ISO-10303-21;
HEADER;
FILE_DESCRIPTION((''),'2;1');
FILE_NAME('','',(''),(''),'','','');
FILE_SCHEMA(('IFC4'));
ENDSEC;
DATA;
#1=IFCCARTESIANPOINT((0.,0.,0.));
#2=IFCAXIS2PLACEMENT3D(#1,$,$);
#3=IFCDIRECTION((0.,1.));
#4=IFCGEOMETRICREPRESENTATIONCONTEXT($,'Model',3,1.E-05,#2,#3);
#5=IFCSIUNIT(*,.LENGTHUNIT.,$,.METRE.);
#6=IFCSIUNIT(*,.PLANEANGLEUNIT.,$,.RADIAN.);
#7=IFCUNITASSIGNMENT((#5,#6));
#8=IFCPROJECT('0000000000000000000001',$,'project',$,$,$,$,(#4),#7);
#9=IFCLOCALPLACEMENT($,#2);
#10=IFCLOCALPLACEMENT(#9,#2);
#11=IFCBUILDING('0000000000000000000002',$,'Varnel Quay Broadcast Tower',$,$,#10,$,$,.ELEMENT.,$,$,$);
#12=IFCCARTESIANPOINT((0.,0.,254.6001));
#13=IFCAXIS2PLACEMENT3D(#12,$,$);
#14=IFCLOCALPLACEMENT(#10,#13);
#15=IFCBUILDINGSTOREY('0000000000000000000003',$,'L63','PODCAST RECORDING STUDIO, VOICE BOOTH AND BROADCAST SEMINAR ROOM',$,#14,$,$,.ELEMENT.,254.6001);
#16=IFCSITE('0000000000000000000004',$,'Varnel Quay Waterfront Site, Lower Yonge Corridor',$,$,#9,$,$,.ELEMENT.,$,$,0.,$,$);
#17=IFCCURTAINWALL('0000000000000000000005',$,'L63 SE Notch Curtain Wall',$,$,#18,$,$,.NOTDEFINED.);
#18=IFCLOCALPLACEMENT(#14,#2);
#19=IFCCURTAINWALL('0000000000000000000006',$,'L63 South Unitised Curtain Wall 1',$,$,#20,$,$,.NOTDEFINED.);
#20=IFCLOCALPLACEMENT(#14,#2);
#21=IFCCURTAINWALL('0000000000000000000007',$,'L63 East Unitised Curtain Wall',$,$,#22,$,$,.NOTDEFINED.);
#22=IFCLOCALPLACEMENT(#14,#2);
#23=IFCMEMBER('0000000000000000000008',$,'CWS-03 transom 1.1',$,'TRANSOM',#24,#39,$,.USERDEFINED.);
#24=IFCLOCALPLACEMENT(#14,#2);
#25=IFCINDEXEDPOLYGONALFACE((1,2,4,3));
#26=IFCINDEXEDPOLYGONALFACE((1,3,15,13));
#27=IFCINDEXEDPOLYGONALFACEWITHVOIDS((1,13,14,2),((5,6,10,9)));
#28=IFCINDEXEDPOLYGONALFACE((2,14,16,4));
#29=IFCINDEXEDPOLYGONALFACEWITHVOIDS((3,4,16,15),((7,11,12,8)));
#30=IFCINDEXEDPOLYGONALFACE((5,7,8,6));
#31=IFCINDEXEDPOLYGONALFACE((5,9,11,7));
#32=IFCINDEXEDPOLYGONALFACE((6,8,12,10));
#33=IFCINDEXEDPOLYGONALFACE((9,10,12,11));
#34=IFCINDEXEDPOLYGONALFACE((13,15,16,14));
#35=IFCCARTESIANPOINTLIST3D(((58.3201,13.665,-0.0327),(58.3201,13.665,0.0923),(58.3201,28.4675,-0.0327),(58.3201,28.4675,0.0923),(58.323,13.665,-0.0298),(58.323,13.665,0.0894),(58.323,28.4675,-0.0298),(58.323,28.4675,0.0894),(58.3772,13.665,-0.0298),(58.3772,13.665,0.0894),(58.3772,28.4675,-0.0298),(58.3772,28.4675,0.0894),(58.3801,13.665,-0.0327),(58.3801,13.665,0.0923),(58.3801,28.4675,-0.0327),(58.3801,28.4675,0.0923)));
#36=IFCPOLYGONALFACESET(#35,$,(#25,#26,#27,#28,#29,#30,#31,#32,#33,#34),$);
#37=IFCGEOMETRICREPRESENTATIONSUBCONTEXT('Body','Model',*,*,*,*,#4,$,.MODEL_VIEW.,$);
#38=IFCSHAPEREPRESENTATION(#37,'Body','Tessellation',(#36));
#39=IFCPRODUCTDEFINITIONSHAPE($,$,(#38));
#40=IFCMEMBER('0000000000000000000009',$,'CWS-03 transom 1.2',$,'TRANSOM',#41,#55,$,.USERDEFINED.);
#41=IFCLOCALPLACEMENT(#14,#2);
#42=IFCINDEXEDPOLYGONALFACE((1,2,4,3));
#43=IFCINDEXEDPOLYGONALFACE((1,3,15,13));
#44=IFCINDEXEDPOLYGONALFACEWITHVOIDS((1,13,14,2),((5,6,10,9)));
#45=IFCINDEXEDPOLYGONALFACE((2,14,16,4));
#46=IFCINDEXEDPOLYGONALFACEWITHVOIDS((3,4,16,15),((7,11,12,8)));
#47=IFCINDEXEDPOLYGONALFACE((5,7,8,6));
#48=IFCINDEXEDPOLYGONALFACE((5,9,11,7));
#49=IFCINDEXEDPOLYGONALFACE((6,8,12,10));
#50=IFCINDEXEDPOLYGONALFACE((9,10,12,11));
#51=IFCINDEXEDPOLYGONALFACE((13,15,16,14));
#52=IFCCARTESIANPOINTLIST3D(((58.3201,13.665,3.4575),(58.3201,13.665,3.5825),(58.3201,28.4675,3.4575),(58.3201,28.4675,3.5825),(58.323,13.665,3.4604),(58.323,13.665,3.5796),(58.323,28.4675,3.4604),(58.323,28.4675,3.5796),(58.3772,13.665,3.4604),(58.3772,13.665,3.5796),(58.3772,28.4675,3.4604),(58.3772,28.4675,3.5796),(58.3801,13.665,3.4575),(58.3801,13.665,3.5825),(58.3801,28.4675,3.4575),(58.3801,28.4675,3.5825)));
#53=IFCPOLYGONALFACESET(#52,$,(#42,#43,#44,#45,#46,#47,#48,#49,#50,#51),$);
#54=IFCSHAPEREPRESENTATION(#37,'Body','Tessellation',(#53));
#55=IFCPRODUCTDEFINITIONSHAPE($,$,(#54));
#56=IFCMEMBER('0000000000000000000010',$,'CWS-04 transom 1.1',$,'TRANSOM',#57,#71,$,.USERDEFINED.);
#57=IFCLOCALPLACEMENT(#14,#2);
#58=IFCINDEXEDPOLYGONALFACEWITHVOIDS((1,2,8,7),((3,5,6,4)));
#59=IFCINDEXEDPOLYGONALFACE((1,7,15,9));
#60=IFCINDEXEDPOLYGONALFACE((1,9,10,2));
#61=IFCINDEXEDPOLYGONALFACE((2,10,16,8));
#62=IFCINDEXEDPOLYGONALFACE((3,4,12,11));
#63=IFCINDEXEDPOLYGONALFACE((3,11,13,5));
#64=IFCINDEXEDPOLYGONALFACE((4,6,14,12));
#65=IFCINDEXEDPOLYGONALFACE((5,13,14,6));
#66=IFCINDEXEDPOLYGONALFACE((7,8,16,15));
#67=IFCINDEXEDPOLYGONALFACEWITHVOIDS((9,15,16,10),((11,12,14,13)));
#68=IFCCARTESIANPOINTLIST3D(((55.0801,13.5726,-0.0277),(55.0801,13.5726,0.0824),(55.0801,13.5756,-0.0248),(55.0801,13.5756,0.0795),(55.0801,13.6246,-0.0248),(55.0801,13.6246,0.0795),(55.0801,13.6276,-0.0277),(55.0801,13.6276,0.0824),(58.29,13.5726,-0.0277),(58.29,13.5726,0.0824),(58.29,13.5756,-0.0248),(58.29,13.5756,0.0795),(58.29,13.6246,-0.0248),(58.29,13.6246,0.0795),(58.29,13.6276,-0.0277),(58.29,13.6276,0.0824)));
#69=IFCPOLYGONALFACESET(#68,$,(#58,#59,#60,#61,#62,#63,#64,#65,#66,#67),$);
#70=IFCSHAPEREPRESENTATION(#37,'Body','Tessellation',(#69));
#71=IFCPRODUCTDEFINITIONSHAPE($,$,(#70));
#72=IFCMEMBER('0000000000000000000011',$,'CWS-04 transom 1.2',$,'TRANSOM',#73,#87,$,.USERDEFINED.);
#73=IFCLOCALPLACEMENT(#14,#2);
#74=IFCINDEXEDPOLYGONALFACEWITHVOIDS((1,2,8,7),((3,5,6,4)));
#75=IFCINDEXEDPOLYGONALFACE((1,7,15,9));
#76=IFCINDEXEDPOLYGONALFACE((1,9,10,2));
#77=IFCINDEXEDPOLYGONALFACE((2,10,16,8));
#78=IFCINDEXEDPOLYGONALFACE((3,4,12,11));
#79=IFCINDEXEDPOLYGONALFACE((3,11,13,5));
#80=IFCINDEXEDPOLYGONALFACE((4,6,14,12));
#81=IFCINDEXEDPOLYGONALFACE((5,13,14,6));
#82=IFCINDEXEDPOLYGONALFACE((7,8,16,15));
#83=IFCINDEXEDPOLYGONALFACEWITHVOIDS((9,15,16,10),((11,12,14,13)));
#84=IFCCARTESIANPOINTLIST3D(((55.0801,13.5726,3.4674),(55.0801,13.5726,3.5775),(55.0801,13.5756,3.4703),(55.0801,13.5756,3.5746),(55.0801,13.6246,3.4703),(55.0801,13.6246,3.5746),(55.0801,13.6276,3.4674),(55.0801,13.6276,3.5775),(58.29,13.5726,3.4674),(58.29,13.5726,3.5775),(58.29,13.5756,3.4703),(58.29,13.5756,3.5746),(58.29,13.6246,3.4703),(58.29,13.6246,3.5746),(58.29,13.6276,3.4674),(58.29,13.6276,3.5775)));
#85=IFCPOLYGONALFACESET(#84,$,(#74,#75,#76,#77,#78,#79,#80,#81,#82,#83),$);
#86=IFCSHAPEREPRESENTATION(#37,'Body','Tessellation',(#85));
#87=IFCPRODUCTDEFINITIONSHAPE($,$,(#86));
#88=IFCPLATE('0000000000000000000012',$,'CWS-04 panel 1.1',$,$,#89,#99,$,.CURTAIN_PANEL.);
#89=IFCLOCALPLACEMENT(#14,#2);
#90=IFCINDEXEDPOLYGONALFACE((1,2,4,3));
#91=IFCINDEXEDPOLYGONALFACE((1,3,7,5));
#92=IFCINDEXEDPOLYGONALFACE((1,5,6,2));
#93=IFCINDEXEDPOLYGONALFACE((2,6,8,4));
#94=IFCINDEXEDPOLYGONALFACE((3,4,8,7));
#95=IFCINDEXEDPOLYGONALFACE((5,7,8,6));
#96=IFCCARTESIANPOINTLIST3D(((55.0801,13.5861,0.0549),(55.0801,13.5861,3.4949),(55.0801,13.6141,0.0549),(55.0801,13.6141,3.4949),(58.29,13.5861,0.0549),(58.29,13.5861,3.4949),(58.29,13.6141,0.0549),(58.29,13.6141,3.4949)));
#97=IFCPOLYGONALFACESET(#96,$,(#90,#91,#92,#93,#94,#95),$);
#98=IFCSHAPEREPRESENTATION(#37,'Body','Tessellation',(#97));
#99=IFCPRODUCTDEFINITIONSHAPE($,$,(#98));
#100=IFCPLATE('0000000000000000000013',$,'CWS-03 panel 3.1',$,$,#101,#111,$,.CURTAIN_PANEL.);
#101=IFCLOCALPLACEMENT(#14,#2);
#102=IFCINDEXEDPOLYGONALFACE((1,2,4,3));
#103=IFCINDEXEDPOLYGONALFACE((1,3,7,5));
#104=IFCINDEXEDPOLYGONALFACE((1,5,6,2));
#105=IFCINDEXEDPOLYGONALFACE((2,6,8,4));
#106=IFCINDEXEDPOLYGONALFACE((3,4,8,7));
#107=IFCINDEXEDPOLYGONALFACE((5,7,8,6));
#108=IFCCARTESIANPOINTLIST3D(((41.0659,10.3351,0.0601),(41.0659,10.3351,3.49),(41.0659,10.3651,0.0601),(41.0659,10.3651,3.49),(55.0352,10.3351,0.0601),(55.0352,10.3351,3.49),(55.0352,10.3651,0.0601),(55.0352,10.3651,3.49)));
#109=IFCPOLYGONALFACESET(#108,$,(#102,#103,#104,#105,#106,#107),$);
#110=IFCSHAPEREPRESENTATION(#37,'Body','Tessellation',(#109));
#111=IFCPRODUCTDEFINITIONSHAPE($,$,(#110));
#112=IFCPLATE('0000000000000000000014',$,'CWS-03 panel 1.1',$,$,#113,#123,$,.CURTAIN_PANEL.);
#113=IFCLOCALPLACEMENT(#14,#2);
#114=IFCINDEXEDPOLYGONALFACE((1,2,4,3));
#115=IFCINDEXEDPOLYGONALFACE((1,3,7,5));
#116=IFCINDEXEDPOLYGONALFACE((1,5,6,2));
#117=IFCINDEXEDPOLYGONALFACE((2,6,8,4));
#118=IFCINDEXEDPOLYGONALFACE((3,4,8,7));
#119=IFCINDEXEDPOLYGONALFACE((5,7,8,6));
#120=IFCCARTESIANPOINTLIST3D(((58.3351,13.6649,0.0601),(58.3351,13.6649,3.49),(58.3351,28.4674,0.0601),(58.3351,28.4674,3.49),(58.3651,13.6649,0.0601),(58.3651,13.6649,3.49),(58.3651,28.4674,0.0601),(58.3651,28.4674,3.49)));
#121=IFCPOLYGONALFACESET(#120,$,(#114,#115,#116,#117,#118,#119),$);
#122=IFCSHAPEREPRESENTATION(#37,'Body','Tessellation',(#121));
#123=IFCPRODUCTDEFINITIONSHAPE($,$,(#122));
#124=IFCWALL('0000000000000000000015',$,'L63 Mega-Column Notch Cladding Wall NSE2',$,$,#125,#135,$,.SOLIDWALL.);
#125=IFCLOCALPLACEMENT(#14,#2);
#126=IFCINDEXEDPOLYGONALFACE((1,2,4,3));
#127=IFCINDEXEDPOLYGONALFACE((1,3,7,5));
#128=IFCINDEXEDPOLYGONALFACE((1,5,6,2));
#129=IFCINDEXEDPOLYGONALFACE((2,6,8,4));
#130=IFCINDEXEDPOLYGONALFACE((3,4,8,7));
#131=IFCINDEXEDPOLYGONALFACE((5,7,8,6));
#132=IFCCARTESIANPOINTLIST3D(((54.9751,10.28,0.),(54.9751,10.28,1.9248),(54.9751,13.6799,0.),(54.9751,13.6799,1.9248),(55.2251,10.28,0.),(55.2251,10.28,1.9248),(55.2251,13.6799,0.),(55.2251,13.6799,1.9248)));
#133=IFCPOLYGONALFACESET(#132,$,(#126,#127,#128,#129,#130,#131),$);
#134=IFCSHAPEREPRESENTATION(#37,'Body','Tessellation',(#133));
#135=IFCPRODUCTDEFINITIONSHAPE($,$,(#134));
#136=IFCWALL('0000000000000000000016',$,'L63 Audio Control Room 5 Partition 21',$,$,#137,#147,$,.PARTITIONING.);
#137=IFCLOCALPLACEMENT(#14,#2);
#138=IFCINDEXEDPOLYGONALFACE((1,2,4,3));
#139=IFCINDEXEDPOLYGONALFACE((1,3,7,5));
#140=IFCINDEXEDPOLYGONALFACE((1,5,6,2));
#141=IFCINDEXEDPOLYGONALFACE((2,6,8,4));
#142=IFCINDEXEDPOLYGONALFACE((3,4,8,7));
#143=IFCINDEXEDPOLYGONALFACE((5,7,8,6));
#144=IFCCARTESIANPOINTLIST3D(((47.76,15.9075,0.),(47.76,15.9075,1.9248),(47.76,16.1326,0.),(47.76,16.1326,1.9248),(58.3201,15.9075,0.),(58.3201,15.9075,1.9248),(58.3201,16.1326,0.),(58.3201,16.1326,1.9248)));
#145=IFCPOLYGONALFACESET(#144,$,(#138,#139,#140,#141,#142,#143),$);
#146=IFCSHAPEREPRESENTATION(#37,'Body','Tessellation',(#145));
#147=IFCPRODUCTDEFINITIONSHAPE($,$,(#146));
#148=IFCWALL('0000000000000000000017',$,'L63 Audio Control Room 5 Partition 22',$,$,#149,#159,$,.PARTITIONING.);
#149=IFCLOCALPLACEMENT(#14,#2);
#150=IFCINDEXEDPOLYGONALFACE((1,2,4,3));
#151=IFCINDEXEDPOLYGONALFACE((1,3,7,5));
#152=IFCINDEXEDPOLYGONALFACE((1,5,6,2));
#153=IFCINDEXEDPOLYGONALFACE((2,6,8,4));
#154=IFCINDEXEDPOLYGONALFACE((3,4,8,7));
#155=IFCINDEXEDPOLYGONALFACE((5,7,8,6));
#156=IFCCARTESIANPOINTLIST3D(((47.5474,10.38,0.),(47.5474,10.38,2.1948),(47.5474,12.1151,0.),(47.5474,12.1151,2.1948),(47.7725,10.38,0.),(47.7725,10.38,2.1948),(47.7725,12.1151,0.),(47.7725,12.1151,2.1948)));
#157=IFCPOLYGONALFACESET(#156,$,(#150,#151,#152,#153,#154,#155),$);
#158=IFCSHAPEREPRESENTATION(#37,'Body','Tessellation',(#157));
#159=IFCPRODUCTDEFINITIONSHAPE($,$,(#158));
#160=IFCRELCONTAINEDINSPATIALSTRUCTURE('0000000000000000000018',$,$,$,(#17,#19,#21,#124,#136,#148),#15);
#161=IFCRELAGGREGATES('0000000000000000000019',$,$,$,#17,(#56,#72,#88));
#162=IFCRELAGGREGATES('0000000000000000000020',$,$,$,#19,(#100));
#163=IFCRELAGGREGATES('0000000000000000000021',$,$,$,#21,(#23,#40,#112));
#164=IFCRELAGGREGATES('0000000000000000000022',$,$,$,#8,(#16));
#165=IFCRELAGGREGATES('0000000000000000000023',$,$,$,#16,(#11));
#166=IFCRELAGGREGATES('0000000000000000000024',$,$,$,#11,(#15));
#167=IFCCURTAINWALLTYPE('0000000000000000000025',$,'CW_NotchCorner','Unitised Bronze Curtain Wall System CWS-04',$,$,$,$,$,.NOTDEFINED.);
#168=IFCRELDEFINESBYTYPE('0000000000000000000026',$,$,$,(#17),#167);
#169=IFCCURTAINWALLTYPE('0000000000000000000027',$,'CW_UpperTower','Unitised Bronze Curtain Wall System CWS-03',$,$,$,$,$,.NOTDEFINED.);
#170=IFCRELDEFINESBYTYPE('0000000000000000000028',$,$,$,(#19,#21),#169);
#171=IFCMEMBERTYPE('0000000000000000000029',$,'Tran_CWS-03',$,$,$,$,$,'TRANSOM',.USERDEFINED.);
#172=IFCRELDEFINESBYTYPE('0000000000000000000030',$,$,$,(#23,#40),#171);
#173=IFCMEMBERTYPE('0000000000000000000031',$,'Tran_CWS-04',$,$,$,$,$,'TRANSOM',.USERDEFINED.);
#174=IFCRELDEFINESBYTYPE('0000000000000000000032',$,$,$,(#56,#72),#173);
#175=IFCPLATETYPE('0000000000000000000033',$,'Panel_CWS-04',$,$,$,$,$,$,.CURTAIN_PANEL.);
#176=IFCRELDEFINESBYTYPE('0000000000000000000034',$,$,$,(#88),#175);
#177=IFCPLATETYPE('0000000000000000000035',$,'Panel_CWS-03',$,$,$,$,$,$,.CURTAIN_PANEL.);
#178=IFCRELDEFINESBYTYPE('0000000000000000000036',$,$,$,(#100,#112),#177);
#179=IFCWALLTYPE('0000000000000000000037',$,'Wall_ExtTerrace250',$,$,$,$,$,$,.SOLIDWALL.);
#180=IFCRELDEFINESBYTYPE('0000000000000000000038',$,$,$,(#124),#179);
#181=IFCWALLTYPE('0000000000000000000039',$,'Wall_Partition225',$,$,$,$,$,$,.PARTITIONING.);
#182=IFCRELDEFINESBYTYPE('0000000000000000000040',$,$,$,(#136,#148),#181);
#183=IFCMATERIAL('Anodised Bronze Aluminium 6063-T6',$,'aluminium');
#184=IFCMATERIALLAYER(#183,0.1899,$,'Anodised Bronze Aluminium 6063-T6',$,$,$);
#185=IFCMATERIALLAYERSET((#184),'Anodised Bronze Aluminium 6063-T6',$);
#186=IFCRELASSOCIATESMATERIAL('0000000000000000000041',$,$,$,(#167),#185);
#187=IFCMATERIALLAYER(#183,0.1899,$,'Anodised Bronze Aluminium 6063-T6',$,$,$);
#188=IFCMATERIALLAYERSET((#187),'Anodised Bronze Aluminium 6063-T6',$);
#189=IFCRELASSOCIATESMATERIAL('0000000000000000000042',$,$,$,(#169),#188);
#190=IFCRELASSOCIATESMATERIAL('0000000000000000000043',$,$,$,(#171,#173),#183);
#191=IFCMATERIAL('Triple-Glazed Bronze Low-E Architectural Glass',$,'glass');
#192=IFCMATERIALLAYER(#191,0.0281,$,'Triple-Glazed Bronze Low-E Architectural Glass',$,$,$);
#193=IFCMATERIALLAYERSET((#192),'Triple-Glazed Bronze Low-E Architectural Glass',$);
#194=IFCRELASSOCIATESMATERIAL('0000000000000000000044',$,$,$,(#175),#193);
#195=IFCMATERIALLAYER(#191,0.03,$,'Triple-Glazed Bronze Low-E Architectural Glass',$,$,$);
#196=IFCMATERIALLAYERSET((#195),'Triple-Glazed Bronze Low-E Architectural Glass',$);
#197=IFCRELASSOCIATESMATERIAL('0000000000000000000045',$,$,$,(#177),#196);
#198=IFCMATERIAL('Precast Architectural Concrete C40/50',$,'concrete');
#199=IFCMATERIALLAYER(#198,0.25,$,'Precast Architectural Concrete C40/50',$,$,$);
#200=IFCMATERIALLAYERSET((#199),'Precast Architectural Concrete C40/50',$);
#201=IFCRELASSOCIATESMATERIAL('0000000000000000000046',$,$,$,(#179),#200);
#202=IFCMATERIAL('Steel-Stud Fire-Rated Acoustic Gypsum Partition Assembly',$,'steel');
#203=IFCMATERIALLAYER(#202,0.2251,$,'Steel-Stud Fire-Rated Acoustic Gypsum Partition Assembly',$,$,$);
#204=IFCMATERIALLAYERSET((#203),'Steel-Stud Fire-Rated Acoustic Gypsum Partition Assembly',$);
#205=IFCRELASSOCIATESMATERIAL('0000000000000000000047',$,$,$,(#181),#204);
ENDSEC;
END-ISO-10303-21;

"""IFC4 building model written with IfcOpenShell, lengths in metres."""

from ifc_helpers import new_model, si_unit, direction, frame, frame_2d, origin, origin_2d, place, context, subcontext, project, spatial, rectangle, hollow_rectangle, extrude, source, transform, mapped, material, layer, layer_set, material_profile, profile_set, type_object, type_shapes, element, aggregate, save


model = new_model("IFC4")

# Units and contexts
model_context = context("Model", 3, precision=1e-05, world=origin(), true_north=direction((0.0, 1.0)))
body_context = subcontext(model_context, "Body", "Model", "MODEL_VIEW")
ifc_project = project(units=[si_unit("LENGTHUNIT", "METRE"), si_unit("PLANEANGLEUNIT", "RADIAN")], contexts=[model_context])

# Site, building, storey
site_placement = place(None, origin())
site = spatial("IfcSite", under=ifc_project, at=site_placement, Name="Varnel Quay Waterfront Site, Lower Yonge Corridor", CompositionType="ELEMENT", RefElevation=0.0)
building_placement = place(site_placement, origin())
building = spatial("IfcBuilding", under=site, at=building_placement, Name="Varnel Quay Broadcast Tower", CompositionType="ELEMENT")
storey_placement = place(building_placement, frame((0.0, 0.0, 254.6001)))
storey = spatial("IfcBuildingStorey", under=building, at=storey_placement, Name="L63", Description="PODCAST RECORDING STUDIO, VOICE BOOTH AND BROADCAST SEMINAR ROOM", CompositionType="ELEMENT", Elevation=254.6001)

# Curtain wall
ifc_material_1 = material(Name="Anodised Bronze Aluminium 6063-T6", Category="aluminium")
ifc_layer_1 = layer(ifc_material_1, 0.1899, Name="Anodised Bronze Aluminium 6063-T6")
ifc_layer_set_1 = layer_set([ifc_layer_1], Name="Anodised Bronze Aluminium 6063-T6")
curtain_wall_type_1 = type_object("IfcCurtainWallType", Name="CW_NotchCorner", Description="Unitised Bronze Curtain Wall System CWS-04", PredefinedType="NOTDEFINED", material=ifc_layer_set_1)
curtain_wall_1_placement = place(storey_placement, origin())
curtain_wall_1 = element("IfcCurtainWall", 1, at=curtain_wall_1_placement, inside=storey, type_object=curtain_wall_type_1, Name="L63 SE Notch Curtain Wall", PredefinedType="NOTDEFINED")

# Curtain wall
ifc_layer_2 = layer(ifc_material_1, 0.1899, Name="Anodised Bronze Aluminium 6063-T6")
ifc_layer_set_2 = layer_set([ifc_layer_2], Name="Anodised Bronze Aluminium 6063-T6")
curtain_wall_type_2 = type_object("IfcCurtainWallType", Name="CW_UpperTower", Description="Unitised Bronze Curtain Wall System CWS-03", PredefinedType="NOTDEFINED", material=ifc_layer_set_2)
curtain_wall_2_placement = place(storey_placement, origin())
curtain_wall_2 = element("IfcCurtainWall", 2, at=curtain_wall_2_placement, inside=storey, type_object=curtain_wall_type_2, Name="L63 South Unitised Curtain Wall 1", PredefinedType="NOTDEFINED")

# Curtain wall, members
curtain_wall_3_placement = place(storey_placement, origin())
curtain_wall_3 = element("IfcCurtainWall", 3, at=curtain_wall_3_placement, inside=storey, type_object=curtain_wall_type_2, Name="L63 East Unitised Curtain Wall", PredefinedType="NOTDEFINED")
ifc_material_profile_1 = material_profile(ifc_material_1, hollow_rectangle(XDim=0.0601, YDim=0.125, WallThickness=0.0029, at=origin_2d()), Name="ALU60X125X3")
ifc_profile_set_1 = profile_set([ifc_material_profile_1], Name="Anodised Bronze Aluminium 6063-T6")
member_type_1 = type_object("IfcMemberType", Name="Tran_CWS-03", ElementType="TRANSOM", PredefinedType="USERDEFINED", material=ifc_profile_set_1)
shared_shape_1 = source(origin(), body_context, "Body", "SweptSolid", [
    extrude(hollow_rectangle(XDim=0.0601, YDim=0.125, WallThickness=0.0029, at=origin_2d()), origin(), (0.0, 0.0, 1.0), 14.8025),
])
type_shapes(member_type_1, [shared_shape_1])
member_1_placement = place(storey_placement, frame((58.3501, 13.665, 0.0298), z_axis=(0.0, 1.0, 0.0), x_axis=(-1.0, 0.0, 0.0)))
member_1 = element("IfcMember", 4, at=member_1_placement, type_object=member_type_1, Name="CWS-03 transom 1.1", ObjectType="TRANSOM", PredefinedType="USERDEFINED", context=body_context, shape_type="MappedRepresentation", body=[
    mapped(shared_shape_1, transform((0.0, 0.0, 0.0), x_axis=(1.0, 0.0, 0.0), y_axis=(0.0, 1.0, 0.0), z_axis=(0.0, 0.0, 1.0), scale=1.0)),
])
member_2_placement = place(storey_placement, frame((58.3501, 13.665, 3.52), z_axis=(0.0, 1.0, 0.0), x_axis=(-1.0, 0.0, 0.0)))
member_2 = element("IfcMember", 5, at=member_2_placement, type_object=member_type_1, Name="CWS-03 transom 1.2", ObjectType="TRANSOM", PredefinedType="USERDEFINED", context=body_context, shape_type="MappedRepresentation", body=[
    mapped(shared_shape_1, transform((0.0, 0.0, 0.0), x_axis=(1.0, 0.0, 0.0), y_axis=(0.0, 1.0, 0.0), z_axis=(0.0, 0.0, 1.0), scale=1.0)),
])

# Members
ifc_material_profile_2 = material_profile(ifc_material_1, hollow_rectangle(XDim=0.0549, YDim=0.1101, WallThickness=0.0029, at=origin_2d()), Name="ALU55X110X3")
ifc_profile_set_2 = profile_set([ifc_material_profile_2], Name="Anodised Bronze Aluminium 6063-T6")
member_type_2 = type_object("IfcMemberType", Name="Tran_CWS-04", ElementType="TRANSOM", PredefinedType="USERDEFINED", material=ifc_profile_set_2)
shared_shape_2 = source(origin(), body_context, "Body", "SweptSolid", [
    extrude(hollow_rectangle(XDim=0.0549, YDim=0.1101, WallThickness=0.0029, at=origin_2d()), origin(), (0.0, 0.0, 1.0), 3.21),
])
type_shapes(member_type_2, [shared_shape_2])
member_3_placement = place(storey_placement, frame((55.0801, 13.6001, 0.0273), z_axis=(1.0, 0.0, 0.0), x_axis=(0.0, 1.0, 0.0)))
member_3 = element("IfcMember", 6, at=member_3_placement, type_object=member_type_2, Name="CWS-04 transom 1.1", ObjectType="TRANSOM", PredefinedType="USERDEFINED", context=body_context, shape_type="MappedRepresentation", body=[
    mapped(shared_shape_2, transform((0.0, 0.0, 0.0), x_axis=(1.0, 0.0, 0.0), y_axis=(0.0, 1.0, 0.0), z_axis=(0.0, 0.0, 1.0), scale=1.0)),
])
member_4_placement = place(storey_placement, frame((55.0801, 13.6001, 3.5225), z_axis=(1.0, 0.0, 0.0), x_axis=(0.0, 1.0, 0.0)))
member_4 = element("IfcMember", 7, at=member_4_placement, type_object=member_type_2, Name="CWS-04 transom 1.2", ObjectType="TRANSOM", PredefinedType="USERDEFINED", context=body_context, shape_type="MappedRepresentation", body=[
    mapped(shared_shape_2, transform((0.0, 0.0, 0.0), x_axis=(1.0, 0.0, 0.0), y_axis=(0.0, 1.0, 0.0), z_axis=(0.0, 0.0, 1.0), scale=1.0)),
])

# Plates
ifc_material_2 = material(Name="Triple-Glazed Bronze Low-E Architectural Glass", Category="glass")
ifc_layer_3 = layer(ifc_material_2, 0.0281, Name="Triple-Glazed Bronze Low-E Architectural Glass")
ifc_layer_set_3 = layer_set([ifc_layer_3], Name="Triple-Glazed Bronze Low-E Architectural Glass")
plate_type_1 = type_object("IfcPlateType", Name="Panel_CWS-04", PredefinedType="CURTAIN_PANEL", material=ifc_layer_set_3)
shared_shape_3 = source(origin(), body_context, "Body", "SweptSolid", [
    extrude(rectangle(XDim=3.21, YDim=0.0281, at=origin_2d()), origin(), (0.0, 0.0, 1.0), 3.4399),
])
type_shapes(plate_type_1, [shared_shape_3])
plate_1_placement = place(storey_placement, frame((56.6851, 13.6001, 0.0549), z_axis=(0.0, 0.0, 1.0), x_axis=(1.0, 0.0, 0.0)))
plate_1 = element("IfcPlate", 8, at=plate_1_placement, type_object=plate_type_1, Name="CWS-04 panel 1.1", PredefinedType="CURTAIN_PANEL", context=body_context, shape_type="MappedRepresentation", body=[
    mapped(shared_shape_3, transform((0.0, 0.0, 0.0), x_axis=(1.0, 0.0, 0.0), y_axis=(0.0, 1.0, 0.0), z_axis=(0.0, 0.0, 1.0), scale=1.0)),
])
aggregate(curtain_wall_1, [member_3, member_4, plate_1])
ifc_layer_4 = layer(ifc_material_2, 0.03, Name="Triple-Glazed Bronze Low-E Architectural Glass")
ifc_layer_set_4 = layer_set([ifc_layer_4], Name="Triple-Glazed Bronze Low-E Architectural Glass")
plate_type_2 = type_object("IfcPlateType", Name="Panel_CWS-03", PredefinedType="CURTAIN_PANEL", material=ifc_layer_set_4)
shared_shape_4 = source(origin(), body_context, "Body", "SweptSolid", [
    extrude(rectangle(XDim=13.9692, YDim=0.03, at=origin_2d()), origin(), (0.0, 0.0, 1.0), 3.4299),
])
plate_2_placement = place(storey_placement, frame((48.0505, 10.3501, 0.0601), z_axis=(0.0, 0.0, 1.0), x_axis=(1.0, 0.0, 0.0)))
plate_2 = element("IfcPlate", 9, at=plate_2_placement, type_object=plate_type_2, Name="CWS-03 panel 3.1", PredefinedType="CURTAIN_PANEL", context=body_context, shape_type="MappedRepresentation", body=[
    mapped(shared_shape_4, transform((0.0, 0.0, 0.0), x_axis=(1.0, 0.0, 0.0), y_axis=(0.0, 1.0, 0.0), z_axis=(0.0, 0.0, 1.0), scale=1.0)),
])
aggregate(curtain_wall_2, [plate_2])
shared_shape_5 = source(origin(), body_context, "Body", "SweptSolid", [
    extrude(rectangle(XDim=14.8025, YDim=0.03, at=origin_2d()), origin(), (0.0, 0.0, 1.0), 3.4299),
])
type_shapes(plate_type_2, [shared_shape_4, shared_shape_5])
plate_3_placement = place(storey_placement, frame((58.3501, 21.0662, 0.0601), z_axis=(0.0, 0.0, 1.0), x_axis=(0.0, 1.0, 0.0)))
plate_3 = element("IfcPlate", 10, at=plate_3_placement, type_object=plate_type_2, Name="CWS-03 panel 1.1", PredefinedType="CURTAIN_PANEL", context=body_context, shape_type="MappedRepresentation", body=[
    mapped(shared_shape_5, transform((0.0, 0.0, 0.0), x_axis=(1.0, 0.0, 0.0), y_axis=(0.0, 1.0, 0.0), z_axis=(0.0, 0.0, 1.0), scale=1.0)),
])
aggregate(curtain_wall_3, [member_1, member_2, plate_3])

# Walls
ifc_material_3 = material(Name="Precast Architectural Concrete C40/50", Category="concrete")
ifc_layer_5 = layer(ifc_material_3, 0.25, Name="Precast Architectural Concrete C40/50")
ifc_layer_set_5 = layer_set([ifc_layer_5], Name="Precast Architectural Concrete C40/50")
wall_type_1 = type_object("IfcWallType", Name="Wall_ExtTerrace250", PredefinedType="SOLIDWALL", material=ifc_layer_set_5)
wall_1_placement = place(storey_placement, frame((55.1001, 10.28, 0.0), z_axis=(0.0, 0.0, 1.0), x_axis=(0.0, 1.0, 0.0)))
element("IfcWall", 11, at=wall_1_placement, inside=storey, type_object=wall_type_1, Name="L63 Mega-Column Notch Cladding Wall NSE2", PredefinedType="SOLIDWALL", context=body_context, shape_type="SweptSolid", body=[
    extrude(rectangle(XDim=3.3999, YDim=0.25, at=frame_2d((1.7, 0.0))), origin(), (0.0, 0.0, 1.0), 1.9248),
])
ifc_material_4 = material(Name="Steel-Stud Fire-Rated Acoustic Gypsum Partition Assembly", Category="steel")
ifc_layer_6 = layer(ifc_material_4, 0.2251, Name="Steel-Stud Fire-Rated Acoustic Gypsum Partition Assembly")
ifc_layer_set_6 = layer_set([ifc_layer_6], Name="Steel-Stud Fire-Rated Acoustic Gypsum Partition Assembly")
wall_type_2 = type_object("IfcWallType", Name="Wall_Partition225", PredefinedType="PARTITIONING", material=ifc_layer_set_6)
wall_2_placement = place(storey_placement, frame((47.76, 16.02, 0.0), z_axis=(0.0, 0.0, 1.0), x_axis=(1.0, 0.0, 0.0)))
element("IfcWall", 12, at=wall_2_placement, inside=storey, type_object=wall_type_2, Name="L63 Audio Control Room 5 Partition 21", PredefinedType="PARTITIONING", context=body_context, shape_type="SweptSolid", body=[
    extrude(rectangle(XDim=10.5601, YDim=0.2251, at=frame_2d((5.28, 0.0))), origin(), (0.0, 0.0, 1.0), 1.9248),
])
wall_3_placement = place(storey_placement, frame((47.6599, 10.3799, 0.0), z_axis=(0.0, 0.0, 1.0), x_axis=(0.0, 1.0, 0.0)))
element("IfcWall", 13, at=wall_3_placement, inside=storey, type_object=wall_type_2, Name="L63 Audio Control Room 5 Partition 22", PredefinedType="PARTITIONING", context=body_context, shape_type="SweptSolid", body=[
    extrude(rectangle(XDim=1.7351, YDim=0.2251, at=frame_2d((0.8677, 0.0))), origin(), (0.0, 0.0, 1.0), 2.1948),
])

save(model, "model.ifc")
